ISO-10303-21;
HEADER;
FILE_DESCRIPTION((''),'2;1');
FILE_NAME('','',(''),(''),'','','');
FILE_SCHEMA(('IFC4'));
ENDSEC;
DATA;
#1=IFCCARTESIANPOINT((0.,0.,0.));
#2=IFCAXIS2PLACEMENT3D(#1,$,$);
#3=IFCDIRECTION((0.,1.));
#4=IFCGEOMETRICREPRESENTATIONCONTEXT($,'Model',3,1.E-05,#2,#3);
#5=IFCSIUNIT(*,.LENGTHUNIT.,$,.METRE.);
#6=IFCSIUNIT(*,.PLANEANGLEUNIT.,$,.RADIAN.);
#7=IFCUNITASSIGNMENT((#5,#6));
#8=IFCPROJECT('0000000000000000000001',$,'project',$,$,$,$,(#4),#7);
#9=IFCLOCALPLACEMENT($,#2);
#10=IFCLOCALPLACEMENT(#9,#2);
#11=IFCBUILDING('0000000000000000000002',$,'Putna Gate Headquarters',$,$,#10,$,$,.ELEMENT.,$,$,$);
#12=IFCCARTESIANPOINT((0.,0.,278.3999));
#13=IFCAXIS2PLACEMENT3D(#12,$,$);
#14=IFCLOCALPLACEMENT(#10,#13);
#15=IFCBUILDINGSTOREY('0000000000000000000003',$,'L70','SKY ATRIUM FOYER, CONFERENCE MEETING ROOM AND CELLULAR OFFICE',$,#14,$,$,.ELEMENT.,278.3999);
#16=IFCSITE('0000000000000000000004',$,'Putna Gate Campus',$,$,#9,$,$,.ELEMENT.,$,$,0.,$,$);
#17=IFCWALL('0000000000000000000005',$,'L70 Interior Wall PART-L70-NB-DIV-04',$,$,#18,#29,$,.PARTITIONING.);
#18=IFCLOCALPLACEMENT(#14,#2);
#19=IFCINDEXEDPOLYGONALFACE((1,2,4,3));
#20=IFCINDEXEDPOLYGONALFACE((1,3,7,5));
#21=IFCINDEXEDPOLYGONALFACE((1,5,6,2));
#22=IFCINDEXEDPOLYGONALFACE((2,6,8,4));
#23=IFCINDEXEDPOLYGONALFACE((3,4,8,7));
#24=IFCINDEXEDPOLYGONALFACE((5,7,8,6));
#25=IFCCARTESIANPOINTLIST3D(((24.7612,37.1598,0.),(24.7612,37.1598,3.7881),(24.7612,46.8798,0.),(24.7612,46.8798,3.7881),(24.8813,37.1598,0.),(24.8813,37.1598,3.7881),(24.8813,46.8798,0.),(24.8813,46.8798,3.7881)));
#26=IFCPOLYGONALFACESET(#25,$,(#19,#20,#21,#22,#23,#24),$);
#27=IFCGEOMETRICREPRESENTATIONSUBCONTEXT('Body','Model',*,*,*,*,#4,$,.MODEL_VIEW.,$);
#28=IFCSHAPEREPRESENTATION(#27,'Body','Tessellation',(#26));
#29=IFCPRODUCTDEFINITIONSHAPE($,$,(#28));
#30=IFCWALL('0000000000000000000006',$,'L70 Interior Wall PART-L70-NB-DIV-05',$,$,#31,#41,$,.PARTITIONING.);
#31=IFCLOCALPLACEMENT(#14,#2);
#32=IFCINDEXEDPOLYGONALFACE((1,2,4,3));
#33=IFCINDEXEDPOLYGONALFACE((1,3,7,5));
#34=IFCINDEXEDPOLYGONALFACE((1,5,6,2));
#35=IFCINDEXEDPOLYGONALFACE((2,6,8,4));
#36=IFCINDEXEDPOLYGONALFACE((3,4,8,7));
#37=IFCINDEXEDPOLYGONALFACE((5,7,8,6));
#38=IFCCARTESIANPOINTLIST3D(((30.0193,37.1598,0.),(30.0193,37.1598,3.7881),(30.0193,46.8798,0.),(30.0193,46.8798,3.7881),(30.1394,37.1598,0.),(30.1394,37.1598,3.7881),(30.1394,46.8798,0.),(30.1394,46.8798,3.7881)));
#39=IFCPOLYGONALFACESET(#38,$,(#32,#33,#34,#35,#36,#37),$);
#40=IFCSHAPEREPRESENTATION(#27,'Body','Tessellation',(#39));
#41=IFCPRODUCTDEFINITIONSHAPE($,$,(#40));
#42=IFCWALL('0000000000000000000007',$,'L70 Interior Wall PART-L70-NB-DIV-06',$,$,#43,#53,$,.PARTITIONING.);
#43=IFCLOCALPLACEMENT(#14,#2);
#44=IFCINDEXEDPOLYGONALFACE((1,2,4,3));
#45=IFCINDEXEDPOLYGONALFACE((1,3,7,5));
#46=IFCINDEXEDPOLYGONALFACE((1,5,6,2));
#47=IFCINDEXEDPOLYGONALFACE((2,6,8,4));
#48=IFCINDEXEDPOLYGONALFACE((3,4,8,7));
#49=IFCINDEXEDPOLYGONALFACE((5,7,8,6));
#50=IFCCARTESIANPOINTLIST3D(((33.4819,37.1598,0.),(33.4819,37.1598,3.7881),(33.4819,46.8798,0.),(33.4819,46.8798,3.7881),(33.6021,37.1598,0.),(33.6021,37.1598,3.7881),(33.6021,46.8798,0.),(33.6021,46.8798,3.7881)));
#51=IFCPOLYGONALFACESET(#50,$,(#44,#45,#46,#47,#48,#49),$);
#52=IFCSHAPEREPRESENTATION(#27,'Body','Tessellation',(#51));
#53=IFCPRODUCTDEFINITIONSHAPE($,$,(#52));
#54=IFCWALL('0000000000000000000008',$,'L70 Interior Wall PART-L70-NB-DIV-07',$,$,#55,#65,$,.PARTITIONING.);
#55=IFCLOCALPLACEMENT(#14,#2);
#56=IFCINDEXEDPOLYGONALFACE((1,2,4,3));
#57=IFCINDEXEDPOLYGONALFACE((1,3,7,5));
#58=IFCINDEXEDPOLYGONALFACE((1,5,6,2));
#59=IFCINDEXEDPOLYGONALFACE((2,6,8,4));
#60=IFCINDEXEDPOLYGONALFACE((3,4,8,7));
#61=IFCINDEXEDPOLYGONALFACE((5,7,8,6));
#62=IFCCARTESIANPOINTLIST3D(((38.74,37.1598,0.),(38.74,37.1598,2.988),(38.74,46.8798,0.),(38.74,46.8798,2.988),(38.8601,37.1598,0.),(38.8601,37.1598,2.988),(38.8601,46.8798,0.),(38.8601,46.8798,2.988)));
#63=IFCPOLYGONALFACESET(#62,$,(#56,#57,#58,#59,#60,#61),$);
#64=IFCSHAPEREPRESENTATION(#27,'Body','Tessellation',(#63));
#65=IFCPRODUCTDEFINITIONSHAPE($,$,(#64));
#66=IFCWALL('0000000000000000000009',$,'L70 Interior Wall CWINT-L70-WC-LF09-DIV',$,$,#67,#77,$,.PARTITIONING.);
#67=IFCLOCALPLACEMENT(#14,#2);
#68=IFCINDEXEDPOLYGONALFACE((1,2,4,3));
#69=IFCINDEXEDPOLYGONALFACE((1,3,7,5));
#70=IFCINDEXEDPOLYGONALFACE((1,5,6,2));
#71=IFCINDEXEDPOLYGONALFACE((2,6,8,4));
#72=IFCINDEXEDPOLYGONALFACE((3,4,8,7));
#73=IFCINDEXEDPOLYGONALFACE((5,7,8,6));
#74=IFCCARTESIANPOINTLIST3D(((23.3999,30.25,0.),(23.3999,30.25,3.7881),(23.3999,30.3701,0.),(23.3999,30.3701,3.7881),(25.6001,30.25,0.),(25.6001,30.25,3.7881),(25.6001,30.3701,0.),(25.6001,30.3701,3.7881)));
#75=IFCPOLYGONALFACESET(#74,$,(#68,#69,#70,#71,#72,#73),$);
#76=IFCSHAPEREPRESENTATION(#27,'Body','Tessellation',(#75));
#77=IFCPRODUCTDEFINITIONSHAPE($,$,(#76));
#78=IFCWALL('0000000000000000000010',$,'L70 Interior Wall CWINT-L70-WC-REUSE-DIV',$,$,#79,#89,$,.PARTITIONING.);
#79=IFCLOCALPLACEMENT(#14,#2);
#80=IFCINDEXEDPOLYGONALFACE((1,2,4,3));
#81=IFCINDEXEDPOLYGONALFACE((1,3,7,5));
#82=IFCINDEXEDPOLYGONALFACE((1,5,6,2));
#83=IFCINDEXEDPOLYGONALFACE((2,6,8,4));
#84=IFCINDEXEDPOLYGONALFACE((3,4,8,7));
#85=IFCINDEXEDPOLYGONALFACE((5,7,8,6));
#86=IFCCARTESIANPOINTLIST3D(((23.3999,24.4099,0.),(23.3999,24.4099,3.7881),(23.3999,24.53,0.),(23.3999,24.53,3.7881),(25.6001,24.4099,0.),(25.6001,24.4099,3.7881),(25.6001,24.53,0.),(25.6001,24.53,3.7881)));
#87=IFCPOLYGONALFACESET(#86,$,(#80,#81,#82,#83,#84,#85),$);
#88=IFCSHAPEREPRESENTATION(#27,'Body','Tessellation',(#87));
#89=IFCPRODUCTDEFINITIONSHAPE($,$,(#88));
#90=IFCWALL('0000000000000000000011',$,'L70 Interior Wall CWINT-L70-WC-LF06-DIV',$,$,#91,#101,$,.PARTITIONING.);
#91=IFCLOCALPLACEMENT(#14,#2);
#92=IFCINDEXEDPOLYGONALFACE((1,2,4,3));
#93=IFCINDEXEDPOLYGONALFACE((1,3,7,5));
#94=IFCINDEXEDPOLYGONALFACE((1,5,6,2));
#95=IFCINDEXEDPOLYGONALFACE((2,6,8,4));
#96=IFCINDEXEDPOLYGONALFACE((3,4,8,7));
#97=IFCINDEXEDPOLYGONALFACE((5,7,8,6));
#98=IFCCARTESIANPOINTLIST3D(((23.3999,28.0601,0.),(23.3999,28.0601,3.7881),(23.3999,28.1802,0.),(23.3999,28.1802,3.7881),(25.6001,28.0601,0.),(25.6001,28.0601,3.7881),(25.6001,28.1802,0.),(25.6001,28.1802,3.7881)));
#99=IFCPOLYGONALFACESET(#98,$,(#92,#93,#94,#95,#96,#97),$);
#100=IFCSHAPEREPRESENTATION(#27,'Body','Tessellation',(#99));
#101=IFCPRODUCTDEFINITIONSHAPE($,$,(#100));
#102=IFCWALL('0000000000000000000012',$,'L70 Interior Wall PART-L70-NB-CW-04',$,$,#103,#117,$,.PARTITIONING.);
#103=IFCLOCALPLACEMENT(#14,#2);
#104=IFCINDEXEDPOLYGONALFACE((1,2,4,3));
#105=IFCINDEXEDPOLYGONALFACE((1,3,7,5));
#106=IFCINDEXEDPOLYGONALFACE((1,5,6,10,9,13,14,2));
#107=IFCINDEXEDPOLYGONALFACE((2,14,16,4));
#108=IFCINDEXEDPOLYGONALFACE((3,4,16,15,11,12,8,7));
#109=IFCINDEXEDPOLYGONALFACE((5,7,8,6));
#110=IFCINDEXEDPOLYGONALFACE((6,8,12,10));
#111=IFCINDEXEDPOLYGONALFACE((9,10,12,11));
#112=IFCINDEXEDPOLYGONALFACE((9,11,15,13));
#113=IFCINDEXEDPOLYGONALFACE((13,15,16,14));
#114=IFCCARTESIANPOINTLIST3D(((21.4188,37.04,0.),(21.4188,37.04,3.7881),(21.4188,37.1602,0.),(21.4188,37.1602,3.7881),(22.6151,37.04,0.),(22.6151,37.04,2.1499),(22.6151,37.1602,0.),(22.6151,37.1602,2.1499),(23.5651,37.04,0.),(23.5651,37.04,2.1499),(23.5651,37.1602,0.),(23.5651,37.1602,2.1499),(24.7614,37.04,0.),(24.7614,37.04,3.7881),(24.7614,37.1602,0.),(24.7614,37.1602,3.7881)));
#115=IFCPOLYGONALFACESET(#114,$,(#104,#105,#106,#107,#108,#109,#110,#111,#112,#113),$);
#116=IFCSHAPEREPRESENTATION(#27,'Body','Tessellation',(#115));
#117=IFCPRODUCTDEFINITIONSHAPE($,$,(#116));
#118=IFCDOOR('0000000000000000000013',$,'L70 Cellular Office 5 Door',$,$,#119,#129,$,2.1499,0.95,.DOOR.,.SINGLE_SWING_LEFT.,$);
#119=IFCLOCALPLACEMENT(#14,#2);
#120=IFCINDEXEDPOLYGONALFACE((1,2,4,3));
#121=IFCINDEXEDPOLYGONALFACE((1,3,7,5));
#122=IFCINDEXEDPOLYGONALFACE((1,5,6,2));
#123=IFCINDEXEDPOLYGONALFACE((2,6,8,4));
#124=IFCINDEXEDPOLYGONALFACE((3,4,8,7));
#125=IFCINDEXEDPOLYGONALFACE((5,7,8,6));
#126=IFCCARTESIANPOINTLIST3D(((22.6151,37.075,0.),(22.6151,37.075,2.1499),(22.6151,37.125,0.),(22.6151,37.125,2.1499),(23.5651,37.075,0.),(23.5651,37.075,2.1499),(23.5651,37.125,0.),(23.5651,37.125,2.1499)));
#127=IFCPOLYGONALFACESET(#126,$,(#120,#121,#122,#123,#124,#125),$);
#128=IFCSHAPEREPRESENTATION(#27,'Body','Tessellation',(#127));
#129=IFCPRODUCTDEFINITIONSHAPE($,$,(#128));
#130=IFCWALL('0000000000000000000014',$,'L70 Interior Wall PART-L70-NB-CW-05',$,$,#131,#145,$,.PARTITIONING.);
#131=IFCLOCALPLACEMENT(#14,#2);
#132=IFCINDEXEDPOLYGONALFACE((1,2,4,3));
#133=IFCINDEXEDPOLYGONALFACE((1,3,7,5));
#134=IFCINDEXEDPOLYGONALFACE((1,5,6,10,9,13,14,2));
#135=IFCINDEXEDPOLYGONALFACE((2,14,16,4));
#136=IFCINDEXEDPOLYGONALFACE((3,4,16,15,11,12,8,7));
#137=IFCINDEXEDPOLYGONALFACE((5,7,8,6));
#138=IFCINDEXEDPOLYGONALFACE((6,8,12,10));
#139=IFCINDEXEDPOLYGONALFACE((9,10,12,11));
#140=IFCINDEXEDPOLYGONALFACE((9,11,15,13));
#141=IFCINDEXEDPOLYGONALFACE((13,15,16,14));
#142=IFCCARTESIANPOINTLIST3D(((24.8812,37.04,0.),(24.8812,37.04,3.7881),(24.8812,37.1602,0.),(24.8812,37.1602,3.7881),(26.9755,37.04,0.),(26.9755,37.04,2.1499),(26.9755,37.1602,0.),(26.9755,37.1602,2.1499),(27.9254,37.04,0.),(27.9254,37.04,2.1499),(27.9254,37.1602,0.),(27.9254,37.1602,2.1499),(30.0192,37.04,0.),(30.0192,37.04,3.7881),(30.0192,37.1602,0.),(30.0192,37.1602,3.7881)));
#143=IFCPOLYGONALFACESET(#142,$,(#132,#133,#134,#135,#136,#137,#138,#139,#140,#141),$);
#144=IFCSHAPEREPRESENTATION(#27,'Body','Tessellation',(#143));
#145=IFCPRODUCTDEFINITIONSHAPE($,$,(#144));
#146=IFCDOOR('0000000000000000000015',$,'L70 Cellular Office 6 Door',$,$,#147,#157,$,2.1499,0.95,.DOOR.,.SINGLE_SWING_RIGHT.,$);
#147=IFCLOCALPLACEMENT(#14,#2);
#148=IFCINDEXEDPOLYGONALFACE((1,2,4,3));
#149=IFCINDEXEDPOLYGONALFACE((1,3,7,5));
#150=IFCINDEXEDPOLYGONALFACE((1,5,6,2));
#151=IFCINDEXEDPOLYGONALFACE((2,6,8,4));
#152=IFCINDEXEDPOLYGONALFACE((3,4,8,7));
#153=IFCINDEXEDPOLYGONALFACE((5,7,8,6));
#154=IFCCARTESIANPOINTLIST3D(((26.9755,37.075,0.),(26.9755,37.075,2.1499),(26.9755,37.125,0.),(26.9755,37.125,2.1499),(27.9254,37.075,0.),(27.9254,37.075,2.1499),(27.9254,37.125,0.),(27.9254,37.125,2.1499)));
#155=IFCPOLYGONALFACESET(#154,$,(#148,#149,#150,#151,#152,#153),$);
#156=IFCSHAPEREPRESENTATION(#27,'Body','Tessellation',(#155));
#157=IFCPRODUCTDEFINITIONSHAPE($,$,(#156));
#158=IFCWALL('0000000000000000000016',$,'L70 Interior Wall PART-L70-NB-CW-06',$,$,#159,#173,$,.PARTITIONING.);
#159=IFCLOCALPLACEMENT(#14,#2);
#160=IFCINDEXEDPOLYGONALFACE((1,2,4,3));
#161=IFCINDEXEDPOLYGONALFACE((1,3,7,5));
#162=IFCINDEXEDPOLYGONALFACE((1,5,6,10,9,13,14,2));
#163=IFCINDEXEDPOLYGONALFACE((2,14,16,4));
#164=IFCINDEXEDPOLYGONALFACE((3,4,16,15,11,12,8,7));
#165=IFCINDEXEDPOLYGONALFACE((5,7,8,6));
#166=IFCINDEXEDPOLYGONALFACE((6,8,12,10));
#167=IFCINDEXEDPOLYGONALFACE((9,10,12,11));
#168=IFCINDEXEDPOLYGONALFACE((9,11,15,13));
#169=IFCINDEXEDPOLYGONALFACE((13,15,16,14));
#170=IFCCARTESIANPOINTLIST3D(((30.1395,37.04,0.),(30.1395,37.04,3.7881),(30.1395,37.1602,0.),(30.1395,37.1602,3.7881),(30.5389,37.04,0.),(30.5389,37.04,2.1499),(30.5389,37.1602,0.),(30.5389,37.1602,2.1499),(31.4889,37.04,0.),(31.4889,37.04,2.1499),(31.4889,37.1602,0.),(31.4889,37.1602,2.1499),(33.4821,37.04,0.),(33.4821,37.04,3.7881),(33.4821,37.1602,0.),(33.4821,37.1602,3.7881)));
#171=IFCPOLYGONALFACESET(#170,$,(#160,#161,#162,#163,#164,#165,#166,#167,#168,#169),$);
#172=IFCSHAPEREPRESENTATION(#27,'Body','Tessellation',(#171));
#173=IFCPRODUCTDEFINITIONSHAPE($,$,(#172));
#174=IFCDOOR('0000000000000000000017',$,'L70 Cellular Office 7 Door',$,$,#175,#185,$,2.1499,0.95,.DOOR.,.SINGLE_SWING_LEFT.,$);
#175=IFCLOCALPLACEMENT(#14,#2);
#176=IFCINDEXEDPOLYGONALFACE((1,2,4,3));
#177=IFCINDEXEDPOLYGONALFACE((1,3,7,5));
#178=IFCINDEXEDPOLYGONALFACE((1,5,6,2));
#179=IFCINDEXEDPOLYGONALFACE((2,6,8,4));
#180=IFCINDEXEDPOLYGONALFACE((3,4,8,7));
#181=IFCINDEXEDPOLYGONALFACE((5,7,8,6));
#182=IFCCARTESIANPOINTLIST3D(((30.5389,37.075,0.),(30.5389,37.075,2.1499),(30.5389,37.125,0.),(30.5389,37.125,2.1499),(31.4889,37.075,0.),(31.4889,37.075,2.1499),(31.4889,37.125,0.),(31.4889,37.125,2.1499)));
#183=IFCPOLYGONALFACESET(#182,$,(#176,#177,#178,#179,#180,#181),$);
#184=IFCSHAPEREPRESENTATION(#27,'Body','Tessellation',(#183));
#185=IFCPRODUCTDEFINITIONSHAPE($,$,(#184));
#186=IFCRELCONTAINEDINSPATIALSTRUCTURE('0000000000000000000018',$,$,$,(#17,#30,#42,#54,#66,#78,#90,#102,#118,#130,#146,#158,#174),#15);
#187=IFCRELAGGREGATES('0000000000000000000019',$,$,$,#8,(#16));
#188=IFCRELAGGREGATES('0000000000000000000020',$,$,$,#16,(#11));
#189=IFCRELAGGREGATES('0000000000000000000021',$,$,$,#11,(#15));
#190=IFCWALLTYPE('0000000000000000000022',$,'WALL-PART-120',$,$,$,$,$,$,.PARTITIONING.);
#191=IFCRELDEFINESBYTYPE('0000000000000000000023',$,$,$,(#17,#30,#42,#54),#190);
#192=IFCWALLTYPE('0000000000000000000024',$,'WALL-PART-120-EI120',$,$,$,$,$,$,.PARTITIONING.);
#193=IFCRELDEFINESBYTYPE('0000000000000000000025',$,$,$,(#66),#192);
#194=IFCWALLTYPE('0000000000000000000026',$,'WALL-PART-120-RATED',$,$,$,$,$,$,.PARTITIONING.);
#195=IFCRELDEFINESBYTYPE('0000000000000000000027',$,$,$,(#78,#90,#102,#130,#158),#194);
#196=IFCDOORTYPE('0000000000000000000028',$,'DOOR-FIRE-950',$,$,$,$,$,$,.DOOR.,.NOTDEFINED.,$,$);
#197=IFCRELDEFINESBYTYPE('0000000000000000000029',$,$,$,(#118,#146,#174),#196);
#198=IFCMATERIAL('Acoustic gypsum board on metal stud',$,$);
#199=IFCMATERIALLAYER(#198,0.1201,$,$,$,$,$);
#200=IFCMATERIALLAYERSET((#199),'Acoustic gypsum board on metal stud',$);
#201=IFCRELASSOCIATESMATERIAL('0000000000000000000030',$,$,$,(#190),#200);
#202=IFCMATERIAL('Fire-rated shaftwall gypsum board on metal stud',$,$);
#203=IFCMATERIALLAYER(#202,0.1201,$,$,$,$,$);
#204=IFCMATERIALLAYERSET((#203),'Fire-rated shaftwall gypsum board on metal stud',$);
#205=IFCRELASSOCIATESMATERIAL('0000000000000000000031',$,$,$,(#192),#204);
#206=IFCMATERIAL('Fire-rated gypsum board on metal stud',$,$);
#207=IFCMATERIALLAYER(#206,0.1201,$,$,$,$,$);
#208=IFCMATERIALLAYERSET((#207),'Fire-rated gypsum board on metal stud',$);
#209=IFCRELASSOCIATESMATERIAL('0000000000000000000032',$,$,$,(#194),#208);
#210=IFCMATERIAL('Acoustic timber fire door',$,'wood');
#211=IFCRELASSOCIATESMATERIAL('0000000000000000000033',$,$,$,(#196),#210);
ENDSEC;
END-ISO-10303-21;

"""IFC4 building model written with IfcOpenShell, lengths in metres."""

from ifc_helpers import new_model, si_unit, direction, frame, frame_2d, origin, place, context, subcontext, project, spatial, rectangle, extrude, material, layer, layer_set, type_object, element, fill, save


model = new_model("IFC4")

# Units and contexts
model_context = context("Model", 3, precision=1e-05, world=origin(), true_north=direction((0.0, 1.0)))
body_context = subcontext(model_context, "Body", "Model", "MODEL_VIEW")
ifc_project = project(units=[si_unit("LENGTHUNIT", "METRE"), si_unit("PLANEANGLEUNIT", "RADIAN")], contexts=[model_context])

# Site, building, storey
site_placement = place(None, origin())
site = spatial("IfcSite", under=ifc_project, at=site_placement, Name="Putna Gate Campus", CompositionType="ELEMENT", RefElevation=0.0)
building_placement = place(site_placement, origin())
building = spatial("IfcBuilding", under=site, at=building_placement, Name="Putna Gate Headquarters", CompositionType="ELEMENT")
storey_placement = place(building_placement, frame((0.0, 0.0, 278.3999)))
storey = spatial("IfcBuildingStorey", under=building, at=storey_placement, Name="L70", Description="SKY ATRIUM FOYER, CONFERENCE MEETING ROOM AND CELLULAR OFFICE", CompositionType="ELEMENT", Elevation=278.3999)

# Walls
ifc_material_1 = material(Name="Acoustic gypsum board on metal stud")
ifc_layer_1 = layer(ifc_material_1, 0.1201)
ifc_layer_set_1 = layer_set([ifc_layer_1], Name="Acoustic gypsum board on metal stud")
wall_type_1 = type_object("IfcWallType", Name="WALL-PART-120", PredefinedType="PARTITIONING", material=ifc_layer_set_1)
for number, where, z_axis, x_axis, name in (
    (1, (24.8213, 37.1599, 0.0), (0.0, 0.0, 1.0), (0.0, 1.0, 0.0), "L70 Interior Wall PART-L70-NB-DIV-04"),
    (2, (30.0793, 37.1599, 0.0), (0.0, 0.0, 1.0), (0.0, 1.0, 0.0), "L70 Interior Wall PART-L70-NB-DIV-05"),
    (3, (33.542, 37.1599, 0.0), (0.0, 0.0, 1.0), (0.0, 1.0, 0.0), "L70 Interior Wall PART-L70-NB-DIV-06"),
):
    element("IfcWall", number, at=place(storey_placement, frame(where, z_axis=z_axis, x_axis=x_axis)), inside=storey, type_object=wall_type_1, Name=name, PredefinedType="PARTITIONING", context=body_context, shape_type="SweptSolid", body=[
        extrude(rectangle(XDim=9.72, YDim=0.1201, at=frame_2d((4.8599, 0.0))), origin(), (0.0, 0.0, 1.0), 3.7881),
    ])
wall_1_placement = place(storey_placement, frame((38.8, 37.1599, 0.0), z_axis=(0.0, 0.0, 1.0), x_axis=(0.0, 1.0, 0.0)))
element("IfcWall", 4, at=wall_1_placement, inside=storey, type_object=wall_type_1, Name="L70 Interior Wall PART-L70-NB-DIV-07", PredefinedType="PARTITIONING", context=body_context, shape_type="SweptSolid", body=[
    extrude(rectangle(XDim=9.72, YDim=0.1201, at=frame_2d((4.8599, 0.0))), origin(), (0.0, 0.0, 1.0), 2.988),
])
ifc_material_2 = material(Name="Fire-rated shaftwall gypsum board on metal stud")
ifc_layer_2 = layer(ifc_material_2, 0.1201)
ifc_layer_set_2 = layer_set([ifc_layer_2], Name="Fire-rated shaftwall gypsum board on metal stud")
wall_type_2 = type_object("IfcWallType", Name="WALL-PART-120-EI120", PredefinedType="PARTITIONING", material=ifc_layer_set_2)
wall_2_placement = place(storey_placement, frame((23.3999, 30.3101, 0.0), z_axis=(0.0, 0.0, 1.0), x_axis=(1.0, 0.0, 0.0)))
element("IfcWall", 5, at=wall_2_placement, inside=storey, type_object=wall_type_2, Name="L70 Interior Wall CWINT-L70-WC-LF09-DIV", PredefinedType="PARTITIONING", context=body_context, shape_type="SweptSolid", body=[
    extrude(rectangle(XDim=2.2002, YDim=0.1201, at=frame_2d((1.1001, 0.0))), origin(), (0.0, 0.0, 1.0), 3.7881),
])
ifc_material_3 = material(Name="Fire-rated gypsum board on metal stud")
ifc_layer_3 = layer(ifc_material_3, 0.1201)
ifc_layer_set_3 = layer_set([ifc_layer_3], Name="Fire-rated gypsum board on metal stud")
wall_type_3 = type_object("IfcWallType", Name="WALL-PART-120-RATED", PredefinedType="PARTITIONING", material=ifc_layer_set_3)
for number, where, z_axis, x_axis, name in (
    (6, (23.3999, 24.47, 0.0), (0.0, 0.0, 1.0), (1.0, 0.0, 0.0), "L70 Interior Wall CWINT-L70-WC-REUSE-DIV"),
    (7, (23.3999, 28.1201, 0.0), (0.0, 0.0, 1.0), (1.0, 0.0, 0.0), "L70 Interior Wall CWINT-L70-WC-LF06-DIV"),
):
    element("IfcWall", number, at=place(storey_placement, frame(where, z_axis=z_axis, x_axis=x_axis)), inside=storey, type_object=wall_type_3, Name=name, PredefinedType="PARTITIONING", context=body_context, shape_type="SweptSolid", body=[
        extrude(rectangle(XDim=2.2002, YDim=0.1201, at=frame_2d((1.1001, 0.0))), origin(), (0.0, 0.0, 1.0), 3.7881),
    ])

# Walls, openings, doors
wall_3_placement = place(storey_placement, frame((21.4187, 37.1001, 0.0), z_axis=(0.0, 0.0, 1.0), x_axis=(1.0, 0.0, 0.0)))
wall_3 = element("IfcWall", 8, at=wall_3_placement, inside=storey, type_object=wall_type_3, Name="L70 Interior Wall PART-L70-NB-CW-04", PredefinedType="PARTITIONING", context=body_context, shape_type="SweptSolid", body=[
    extrude(rectangle(XDim=3.3425, YDim=0.1201, at=frame_2d((1.6714, 0.0))), origin(), (0.0, 0.0, 1.0), 3.7881),
])
opening_1_placement = place(wall_3_placement, frame((1.1963, 0.0, 0.0)))
opening_1 = element("IfcOpeningElement", 9, at=opening_1_placement, cuts=wall_3, PredefinedType="OPENING", context=body_context, shape_type="SweptSolid", body=[
    extrude(rectangle(XDim=0.95, YDim=2.1499, at=frame_2d((0.4751, 1.075))), frame((0.0, 0.0701, 0.0), z_axis=(0.0, -1.0, 0.0), x_axis=(1.0, 0.0, 0.0)), (0.0, 0.0, 1.0), 0.1401),
])
ifc_material_4 = material(Name="Acoustic timber fire door", Category="wood")
door_type = type_object("IfcDoorType", Name="DOOR-FIRE-950", OperationType="NOTDEFINED", PredefinedType="DOOR", material=ifc_material_4)
door_1_placement = place(opening_1_placement, origin())
door_1 = element("IfcDoor", 10, at=door_1_placement, inside=storey, type_object=door_type, Name="L70 Cellular Office 5 Door", OperationType="SINGLE_SWING_LEFT", OverallHeight=2.1499, OverallWidth=0.95, PredefinedType="DOOR", context=body_context, shape_type="SweptSolid", body=[
    extrude(rectangle(XDim=0.95, YDim=2.1499, at=frame_2d((0.4751, 1.075))), frame((0.0, 0.0249, 0.0), z_axis=(0.0, -1.0, 0.0), x_axis=(1.0, 0.0, 0.0)), (0.0, 0.0, 1.0), 0.05),
])
fill(opening_1, door_1)
wall_4_placement = place(storey_placement, frame((24.8813, 37.1001, 0.0), z_axis=(0.0, 0.0, 1.0), x_axis=(1.0, 0.0, 0.0)))
wall_4 = element("IfcWall", 11, at=wall_4_placement, inside=storey, type_object=wall_type_3, Name="L70 Interior Wall PART-L70-NB-CW-05", PredefinedType="PARTITIONING", context=body_context, shape_type="SweptSolid", body=[
    extrude(rectangle(XDim=5.1379, YDim=0.1201, at=frame_2d((2.5688, 0.0))), origin(), (0.0, 0.0, 1.0), 3.7881),
])
opening_2_placement = place(wall_4_placement, frame((2.094, 0.0, 0.0)))
opening_2 = element("IfcOpeningElement", 12, at=opening_2_placement, cuts=wall_4, PredefinedType="OPENING", context=body_context, shape_type="SweptSolid", body=[
    extrude(rectangle(XDim=0.95, YDim=2.1499, at=frame_2d((0.4751, 1.075))), frame((0.0, 0.0701, 0.0), z_axis=(0.0, -1.0, 0.0), x_axis=(1.0, 0.0, 0.0)), (0.0, 0.0, 1.0), 0.1401),
])
door_2_placement = place(opening_2_placement, origin())
door_2 = element("IfcDoor", 13, at=door_2_placement, inside=storey, type_object=door_type, Name="L70 Cellular Office 6 Door", OperationType="SINGLE_SWING_RIGHT", OverallHeight=2.1499, OverallWidth=0.95, PredefinedType="DOOR", context=body_context, shape_type="SweptSolid", body=[
    extrude(rectangle(XDim=0.95, YDim=2.1499, at=frame_2d((0.4751, 1.075))), frame((0.0, 0.0249, 0.0), z_axis=(0.0, -1.0, 0.0), x_axis=(1.0, 0.0, 0.0)), (0.0, 0.0, 1.0), 0.05),
])
fill(opening_2, door_2)
wall_5_placement = place(storey_placement, frame((30.1394, 37.1001, 0.0), z_axis=(0.0, 0.0, 1.0), x_axis=(1.0, 0.0, 0.0)))
wall_5 = element("IfcWall", 14, at=wall_5_placement, inside=storey, type_object=wall_type_3, Name="L70 Interior Wall PART-L70-NB-CW-06", PredefinedType="PARTITIONING", context=body_context, shape_type="SweptSolid", body=[
    extrude(rectangle(XDim=3.3425, YDim=0.1201, at=frame_2d((1.6714, 0.0))), origin(), (0.0, 0.0, 1.0), 3.7881),
])
opening_3_placement = place(wall_5_placement, frame((0.3994, 0.0, 0.0)))
opening_3 = element("IfcOpeningElement", 15, at=opening_3_placement, cuts=wall_5, PredefinedType="OPENING", context=body_context, shape_type="SweptSolid", body=[
    extrude(rectangle(XDim=0.95, YDim=2.1499, at=frame_2d((0.4751, 1.075))), frame((0.0, 0.0701, 0.0), z_axis=(0.0, -1.0, 0.0), x_axis=(1.0, 0.0, 0.0)), (0.0, 0.0, 1.0), 0.1401),
])
door_3_placement = place(opening_3_placement, origin())
door_3 = element("IfcDoor", 16, at=door_3_placement, inside=storey, type_object=door_type, Name="L70 Cellular Office 7 Door", OperationType="SINGLE_SWING_LEFT", OverallHeight=2.1499, OverallWidth=0.95, PredefinedType="DOOR", context=body_context, shape_type="SweptSolid", body=[
    extrude(rectangle(XDim=0.95, YDim=2.1499, at=frame_2d((0.4751, 1.075))), frame((0.0, 0.0249, 0.0), z_axis=(0.0, -1.0, 0.0), x_axis=(1.0, 0.0, 0.0)), (0.0, 0.0, 1.0), 0.05),
])
fill(opening_3, door_3)

save(model, "model.ifc")
